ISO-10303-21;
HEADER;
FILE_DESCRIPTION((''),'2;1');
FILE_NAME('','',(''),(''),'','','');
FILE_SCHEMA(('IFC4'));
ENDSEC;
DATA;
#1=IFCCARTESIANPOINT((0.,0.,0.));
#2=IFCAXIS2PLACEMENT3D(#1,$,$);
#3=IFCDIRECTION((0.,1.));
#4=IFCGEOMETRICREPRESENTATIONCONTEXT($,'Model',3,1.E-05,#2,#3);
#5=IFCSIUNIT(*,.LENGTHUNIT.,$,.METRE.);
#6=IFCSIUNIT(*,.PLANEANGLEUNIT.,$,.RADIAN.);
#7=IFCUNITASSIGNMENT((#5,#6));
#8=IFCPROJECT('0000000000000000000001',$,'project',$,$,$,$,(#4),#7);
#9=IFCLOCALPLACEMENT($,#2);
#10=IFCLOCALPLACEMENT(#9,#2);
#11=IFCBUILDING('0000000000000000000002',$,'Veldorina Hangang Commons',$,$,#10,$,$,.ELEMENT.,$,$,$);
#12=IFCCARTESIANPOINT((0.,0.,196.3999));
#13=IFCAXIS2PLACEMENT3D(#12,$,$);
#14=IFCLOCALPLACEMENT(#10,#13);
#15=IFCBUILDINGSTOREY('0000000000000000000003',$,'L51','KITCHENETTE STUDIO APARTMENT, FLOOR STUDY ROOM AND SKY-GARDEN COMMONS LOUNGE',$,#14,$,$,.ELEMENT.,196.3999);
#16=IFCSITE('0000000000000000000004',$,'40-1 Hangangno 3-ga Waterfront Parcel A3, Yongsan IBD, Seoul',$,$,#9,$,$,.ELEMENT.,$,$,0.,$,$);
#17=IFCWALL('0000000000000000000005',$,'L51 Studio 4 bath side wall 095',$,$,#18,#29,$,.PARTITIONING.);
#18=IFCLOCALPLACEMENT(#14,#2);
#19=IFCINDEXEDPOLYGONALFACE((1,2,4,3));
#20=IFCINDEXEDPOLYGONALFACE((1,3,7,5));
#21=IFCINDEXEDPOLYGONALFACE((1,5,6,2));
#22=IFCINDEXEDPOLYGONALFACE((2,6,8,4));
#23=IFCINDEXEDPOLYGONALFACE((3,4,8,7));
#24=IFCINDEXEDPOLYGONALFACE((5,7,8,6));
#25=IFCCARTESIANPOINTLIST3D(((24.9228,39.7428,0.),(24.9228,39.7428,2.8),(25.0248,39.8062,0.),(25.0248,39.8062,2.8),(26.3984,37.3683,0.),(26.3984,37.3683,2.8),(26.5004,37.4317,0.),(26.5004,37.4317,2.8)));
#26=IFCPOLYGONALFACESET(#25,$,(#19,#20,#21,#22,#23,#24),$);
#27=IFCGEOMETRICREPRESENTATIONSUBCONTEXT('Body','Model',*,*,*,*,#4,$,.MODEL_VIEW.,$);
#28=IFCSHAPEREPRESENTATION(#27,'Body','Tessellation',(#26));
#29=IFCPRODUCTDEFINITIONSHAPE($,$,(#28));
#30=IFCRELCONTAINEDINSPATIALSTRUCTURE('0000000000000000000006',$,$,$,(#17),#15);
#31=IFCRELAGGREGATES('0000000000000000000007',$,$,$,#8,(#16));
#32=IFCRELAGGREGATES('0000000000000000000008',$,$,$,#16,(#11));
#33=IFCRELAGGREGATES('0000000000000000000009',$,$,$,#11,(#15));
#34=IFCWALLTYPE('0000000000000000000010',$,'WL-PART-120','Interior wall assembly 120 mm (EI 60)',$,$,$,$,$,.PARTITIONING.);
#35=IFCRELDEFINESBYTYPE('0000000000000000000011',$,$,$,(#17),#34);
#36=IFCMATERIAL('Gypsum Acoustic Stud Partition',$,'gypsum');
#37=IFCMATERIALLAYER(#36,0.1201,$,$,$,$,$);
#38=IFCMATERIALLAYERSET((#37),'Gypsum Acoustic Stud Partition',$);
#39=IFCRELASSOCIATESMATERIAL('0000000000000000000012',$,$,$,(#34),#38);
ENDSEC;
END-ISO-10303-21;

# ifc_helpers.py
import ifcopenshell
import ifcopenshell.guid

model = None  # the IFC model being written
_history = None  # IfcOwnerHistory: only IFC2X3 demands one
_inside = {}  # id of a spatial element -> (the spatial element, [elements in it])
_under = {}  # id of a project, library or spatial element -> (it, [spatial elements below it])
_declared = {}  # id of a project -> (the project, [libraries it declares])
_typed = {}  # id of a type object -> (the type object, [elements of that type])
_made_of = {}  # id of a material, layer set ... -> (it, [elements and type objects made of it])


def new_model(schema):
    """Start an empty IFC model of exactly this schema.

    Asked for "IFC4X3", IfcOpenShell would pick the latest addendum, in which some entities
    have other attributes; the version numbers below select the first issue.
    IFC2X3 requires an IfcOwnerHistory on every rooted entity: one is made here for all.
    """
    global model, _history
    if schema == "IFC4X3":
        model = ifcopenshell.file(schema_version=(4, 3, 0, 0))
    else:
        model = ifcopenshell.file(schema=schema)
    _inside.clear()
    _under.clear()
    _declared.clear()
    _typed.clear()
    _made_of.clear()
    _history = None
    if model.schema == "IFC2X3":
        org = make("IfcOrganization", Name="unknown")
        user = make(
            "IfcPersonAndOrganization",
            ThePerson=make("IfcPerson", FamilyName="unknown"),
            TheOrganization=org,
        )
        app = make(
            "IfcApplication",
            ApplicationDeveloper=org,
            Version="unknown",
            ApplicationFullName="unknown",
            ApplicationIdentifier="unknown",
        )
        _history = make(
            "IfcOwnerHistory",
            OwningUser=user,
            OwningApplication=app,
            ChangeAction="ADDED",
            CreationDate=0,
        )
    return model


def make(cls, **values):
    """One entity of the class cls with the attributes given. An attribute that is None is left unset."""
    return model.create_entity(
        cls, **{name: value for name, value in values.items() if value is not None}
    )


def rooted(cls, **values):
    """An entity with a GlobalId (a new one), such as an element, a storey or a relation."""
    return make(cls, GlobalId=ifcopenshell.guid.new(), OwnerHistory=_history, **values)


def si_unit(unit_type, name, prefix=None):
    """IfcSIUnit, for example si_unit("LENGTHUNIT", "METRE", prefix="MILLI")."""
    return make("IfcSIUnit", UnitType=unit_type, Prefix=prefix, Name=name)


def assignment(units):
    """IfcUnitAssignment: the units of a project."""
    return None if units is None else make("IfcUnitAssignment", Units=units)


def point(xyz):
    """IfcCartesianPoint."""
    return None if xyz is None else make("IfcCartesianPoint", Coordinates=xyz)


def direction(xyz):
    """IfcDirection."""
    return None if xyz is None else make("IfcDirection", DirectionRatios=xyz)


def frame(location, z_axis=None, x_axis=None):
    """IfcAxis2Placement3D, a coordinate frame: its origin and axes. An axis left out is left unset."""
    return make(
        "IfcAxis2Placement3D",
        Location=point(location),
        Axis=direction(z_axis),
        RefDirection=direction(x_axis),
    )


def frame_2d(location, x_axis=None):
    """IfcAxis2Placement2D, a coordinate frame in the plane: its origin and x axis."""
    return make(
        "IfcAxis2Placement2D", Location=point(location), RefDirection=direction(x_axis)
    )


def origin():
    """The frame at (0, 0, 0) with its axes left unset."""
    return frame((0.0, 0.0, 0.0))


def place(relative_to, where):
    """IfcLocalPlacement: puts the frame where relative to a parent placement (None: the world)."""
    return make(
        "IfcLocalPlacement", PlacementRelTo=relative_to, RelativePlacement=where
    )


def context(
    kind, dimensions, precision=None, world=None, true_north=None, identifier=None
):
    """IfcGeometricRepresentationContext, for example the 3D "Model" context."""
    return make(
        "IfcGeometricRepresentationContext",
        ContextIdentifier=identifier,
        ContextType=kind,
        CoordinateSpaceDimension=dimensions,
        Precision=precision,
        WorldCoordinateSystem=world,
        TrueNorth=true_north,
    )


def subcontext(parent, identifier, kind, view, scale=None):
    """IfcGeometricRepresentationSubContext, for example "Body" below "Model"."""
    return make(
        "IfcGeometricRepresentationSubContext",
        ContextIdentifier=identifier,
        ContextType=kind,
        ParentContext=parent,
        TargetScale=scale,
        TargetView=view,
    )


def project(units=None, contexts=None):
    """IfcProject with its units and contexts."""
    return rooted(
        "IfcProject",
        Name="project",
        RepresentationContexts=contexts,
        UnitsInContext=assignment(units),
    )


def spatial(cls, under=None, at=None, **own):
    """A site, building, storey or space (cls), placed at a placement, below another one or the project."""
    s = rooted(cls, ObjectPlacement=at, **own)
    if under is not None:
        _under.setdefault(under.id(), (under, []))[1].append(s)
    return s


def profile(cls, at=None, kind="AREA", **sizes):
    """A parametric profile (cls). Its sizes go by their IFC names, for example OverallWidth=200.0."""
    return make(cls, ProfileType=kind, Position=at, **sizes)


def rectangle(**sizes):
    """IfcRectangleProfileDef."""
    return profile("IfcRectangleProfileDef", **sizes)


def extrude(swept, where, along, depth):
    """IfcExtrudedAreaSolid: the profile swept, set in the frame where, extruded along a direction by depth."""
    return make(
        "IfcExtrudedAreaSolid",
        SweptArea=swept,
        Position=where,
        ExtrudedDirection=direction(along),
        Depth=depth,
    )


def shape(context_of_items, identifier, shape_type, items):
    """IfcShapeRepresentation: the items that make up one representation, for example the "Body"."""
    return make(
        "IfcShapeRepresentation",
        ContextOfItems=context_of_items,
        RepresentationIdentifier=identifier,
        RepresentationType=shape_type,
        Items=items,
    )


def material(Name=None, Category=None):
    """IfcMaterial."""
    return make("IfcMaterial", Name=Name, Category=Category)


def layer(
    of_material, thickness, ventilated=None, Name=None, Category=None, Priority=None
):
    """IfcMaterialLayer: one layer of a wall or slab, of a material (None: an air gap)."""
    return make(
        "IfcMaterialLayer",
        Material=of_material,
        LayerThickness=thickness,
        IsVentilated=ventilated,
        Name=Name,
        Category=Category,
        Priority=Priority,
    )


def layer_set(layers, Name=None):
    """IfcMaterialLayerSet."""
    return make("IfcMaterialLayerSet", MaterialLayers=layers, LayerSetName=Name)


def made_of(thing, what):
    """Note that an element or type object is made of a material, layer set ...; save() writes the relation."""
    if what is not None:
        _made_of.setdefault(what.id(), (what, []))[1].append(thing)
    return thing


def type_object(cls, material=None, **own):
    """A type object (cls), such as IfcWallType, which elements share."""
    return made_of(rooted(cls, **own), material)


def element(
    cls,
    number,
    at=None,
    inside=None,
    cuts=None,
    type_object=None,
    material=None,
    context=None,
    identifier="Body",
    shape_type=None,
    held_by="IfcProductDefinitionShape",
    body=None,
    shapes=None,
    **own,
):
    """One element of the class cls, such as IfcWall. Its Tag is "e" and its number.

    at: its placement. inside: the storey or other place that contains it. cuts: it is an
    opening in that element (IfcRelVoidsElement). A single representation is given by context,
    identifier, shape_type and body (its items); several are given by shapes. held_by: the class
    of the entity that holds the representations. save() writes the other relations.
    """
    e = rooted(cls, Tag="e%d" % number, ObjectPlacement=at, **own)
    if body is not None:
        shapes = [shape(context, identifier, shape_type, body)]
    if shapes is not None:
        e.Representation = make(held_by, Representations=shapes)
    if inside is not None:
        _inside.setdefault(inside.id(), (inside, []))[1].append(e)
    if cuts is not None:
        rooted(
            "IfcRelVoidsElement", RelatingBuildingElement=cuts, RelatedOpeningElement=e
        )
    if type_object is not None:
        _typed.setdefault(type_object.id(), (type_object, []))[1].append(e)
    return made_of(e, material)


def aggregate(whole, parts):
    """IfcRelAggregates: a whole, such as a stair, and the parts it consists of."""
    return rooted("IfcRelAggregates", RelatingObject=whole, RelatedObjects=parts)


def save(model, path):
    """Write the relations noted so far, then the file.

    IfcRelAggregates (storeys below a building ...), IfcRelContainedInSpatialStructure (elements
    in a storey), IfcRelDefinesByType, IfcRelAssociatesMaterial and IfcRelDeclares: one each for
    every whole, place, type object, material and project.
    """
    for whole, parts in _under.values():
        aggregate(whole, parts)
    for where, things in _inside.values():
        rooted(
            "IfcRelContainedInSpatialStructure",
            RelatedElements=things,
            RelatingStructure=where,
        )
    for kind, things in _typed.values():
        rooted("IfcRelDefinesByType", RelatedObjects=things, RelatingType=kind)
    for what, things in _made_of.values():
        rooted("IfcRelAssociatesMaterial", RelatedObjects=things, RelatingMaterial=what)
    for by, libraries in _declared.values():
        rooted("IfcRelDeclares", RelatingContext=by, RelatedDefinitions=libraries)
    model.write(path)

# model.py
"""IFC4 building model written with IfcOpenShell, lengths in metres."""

from ifc_helpers import new_model, si_unit, direction, frame, frame_2d, origin, place, context, subcontext, project, spatial, rectangle, extrude, material, layer, layer_set, type_object, element, save


model = new_model("IFC4")

# Units and contexts
model_context = context("Model", 3, precision=1e-05, world=origin(), true_north=direction((0.0, 1.0)))
body_context = subcontext(model_context, "Body", "Model", "MODEL_VIEW")
ifc_project = project(units=[si_unit("LENGTHUNIT", "METRE"), si_unit("PLANEANGLEUNIT", "RADIAN")], contexts=[model_context])

# Site, building, storey
site_placement = place(None, origin())
site = spatial("IfcSite", under=ifc_project, at=site_placement, Name="40-1 Hangangno 3-ga Waterfront Parcel A3, Yongsan IBD, Seoul", CompositionType="ELEMENT", RefElevation=0.0)
building_placement = place(site_placement, origin())
building = spatial("IfcBuilding", under=site, at=building_placement, Name="Veldorina Hangang Commons", CompositionType="ELEMENT")
storey_placement = place(building_placement, frame((0.0, 0.0, 196.3999)))
storey = spatial("IfcBuildingStorey", under=building, at=storey_placement, Name="L51", Description="KITCHENETTE STUDIO APARTMENT, FLOOR STUDY ROOM AND SKY-GARDEN COMMONS LOUNGE", CompositionType="ELEMENT", Elevation=196.3999)

# Shared definitions
ifc_material_1 = material(Name="Gypsum Acoustic Stud Partition", Category="gypsum")
ifc_layer_1 = layer(ifc_material_1, 0.1201)
ifc_layer_set_1 = layer_set([ifc_layer_1], Name="Gypsum Acoustic Stud Partition")
wall_type_1 = type_object("IfcWallType", Name="WL-PART-120", Description="Interior wall assembly 120 mm (EI 60)", PredefinedType="PARTITIONING", material=ifc_layer_set_1)

# Wall
wall_1_placement = place(storey_placement, frame((26.4495, 37.3999, 0.0), z_axis=(0.0, 0.0, 1.0), x_axis=(-0.527815, 0.849359, 0.0)))
element("IfcWall", 1, at=wall_1_placement, inside=storey, type_object=wall_type_1, Name="L51 Studio 4 bath side wall 095", PredefinedType="PARTITIONING", context=body_context, shape_type="SweptSolid", body=[
    extrude(rectangle(XDim=2.7957, YDim=0.1201, at=frame_2d((1.3979, 0.0))), origin(), (0.0, 0.0, 1.0), 2.8),
])

save(model, "model.ifc")
